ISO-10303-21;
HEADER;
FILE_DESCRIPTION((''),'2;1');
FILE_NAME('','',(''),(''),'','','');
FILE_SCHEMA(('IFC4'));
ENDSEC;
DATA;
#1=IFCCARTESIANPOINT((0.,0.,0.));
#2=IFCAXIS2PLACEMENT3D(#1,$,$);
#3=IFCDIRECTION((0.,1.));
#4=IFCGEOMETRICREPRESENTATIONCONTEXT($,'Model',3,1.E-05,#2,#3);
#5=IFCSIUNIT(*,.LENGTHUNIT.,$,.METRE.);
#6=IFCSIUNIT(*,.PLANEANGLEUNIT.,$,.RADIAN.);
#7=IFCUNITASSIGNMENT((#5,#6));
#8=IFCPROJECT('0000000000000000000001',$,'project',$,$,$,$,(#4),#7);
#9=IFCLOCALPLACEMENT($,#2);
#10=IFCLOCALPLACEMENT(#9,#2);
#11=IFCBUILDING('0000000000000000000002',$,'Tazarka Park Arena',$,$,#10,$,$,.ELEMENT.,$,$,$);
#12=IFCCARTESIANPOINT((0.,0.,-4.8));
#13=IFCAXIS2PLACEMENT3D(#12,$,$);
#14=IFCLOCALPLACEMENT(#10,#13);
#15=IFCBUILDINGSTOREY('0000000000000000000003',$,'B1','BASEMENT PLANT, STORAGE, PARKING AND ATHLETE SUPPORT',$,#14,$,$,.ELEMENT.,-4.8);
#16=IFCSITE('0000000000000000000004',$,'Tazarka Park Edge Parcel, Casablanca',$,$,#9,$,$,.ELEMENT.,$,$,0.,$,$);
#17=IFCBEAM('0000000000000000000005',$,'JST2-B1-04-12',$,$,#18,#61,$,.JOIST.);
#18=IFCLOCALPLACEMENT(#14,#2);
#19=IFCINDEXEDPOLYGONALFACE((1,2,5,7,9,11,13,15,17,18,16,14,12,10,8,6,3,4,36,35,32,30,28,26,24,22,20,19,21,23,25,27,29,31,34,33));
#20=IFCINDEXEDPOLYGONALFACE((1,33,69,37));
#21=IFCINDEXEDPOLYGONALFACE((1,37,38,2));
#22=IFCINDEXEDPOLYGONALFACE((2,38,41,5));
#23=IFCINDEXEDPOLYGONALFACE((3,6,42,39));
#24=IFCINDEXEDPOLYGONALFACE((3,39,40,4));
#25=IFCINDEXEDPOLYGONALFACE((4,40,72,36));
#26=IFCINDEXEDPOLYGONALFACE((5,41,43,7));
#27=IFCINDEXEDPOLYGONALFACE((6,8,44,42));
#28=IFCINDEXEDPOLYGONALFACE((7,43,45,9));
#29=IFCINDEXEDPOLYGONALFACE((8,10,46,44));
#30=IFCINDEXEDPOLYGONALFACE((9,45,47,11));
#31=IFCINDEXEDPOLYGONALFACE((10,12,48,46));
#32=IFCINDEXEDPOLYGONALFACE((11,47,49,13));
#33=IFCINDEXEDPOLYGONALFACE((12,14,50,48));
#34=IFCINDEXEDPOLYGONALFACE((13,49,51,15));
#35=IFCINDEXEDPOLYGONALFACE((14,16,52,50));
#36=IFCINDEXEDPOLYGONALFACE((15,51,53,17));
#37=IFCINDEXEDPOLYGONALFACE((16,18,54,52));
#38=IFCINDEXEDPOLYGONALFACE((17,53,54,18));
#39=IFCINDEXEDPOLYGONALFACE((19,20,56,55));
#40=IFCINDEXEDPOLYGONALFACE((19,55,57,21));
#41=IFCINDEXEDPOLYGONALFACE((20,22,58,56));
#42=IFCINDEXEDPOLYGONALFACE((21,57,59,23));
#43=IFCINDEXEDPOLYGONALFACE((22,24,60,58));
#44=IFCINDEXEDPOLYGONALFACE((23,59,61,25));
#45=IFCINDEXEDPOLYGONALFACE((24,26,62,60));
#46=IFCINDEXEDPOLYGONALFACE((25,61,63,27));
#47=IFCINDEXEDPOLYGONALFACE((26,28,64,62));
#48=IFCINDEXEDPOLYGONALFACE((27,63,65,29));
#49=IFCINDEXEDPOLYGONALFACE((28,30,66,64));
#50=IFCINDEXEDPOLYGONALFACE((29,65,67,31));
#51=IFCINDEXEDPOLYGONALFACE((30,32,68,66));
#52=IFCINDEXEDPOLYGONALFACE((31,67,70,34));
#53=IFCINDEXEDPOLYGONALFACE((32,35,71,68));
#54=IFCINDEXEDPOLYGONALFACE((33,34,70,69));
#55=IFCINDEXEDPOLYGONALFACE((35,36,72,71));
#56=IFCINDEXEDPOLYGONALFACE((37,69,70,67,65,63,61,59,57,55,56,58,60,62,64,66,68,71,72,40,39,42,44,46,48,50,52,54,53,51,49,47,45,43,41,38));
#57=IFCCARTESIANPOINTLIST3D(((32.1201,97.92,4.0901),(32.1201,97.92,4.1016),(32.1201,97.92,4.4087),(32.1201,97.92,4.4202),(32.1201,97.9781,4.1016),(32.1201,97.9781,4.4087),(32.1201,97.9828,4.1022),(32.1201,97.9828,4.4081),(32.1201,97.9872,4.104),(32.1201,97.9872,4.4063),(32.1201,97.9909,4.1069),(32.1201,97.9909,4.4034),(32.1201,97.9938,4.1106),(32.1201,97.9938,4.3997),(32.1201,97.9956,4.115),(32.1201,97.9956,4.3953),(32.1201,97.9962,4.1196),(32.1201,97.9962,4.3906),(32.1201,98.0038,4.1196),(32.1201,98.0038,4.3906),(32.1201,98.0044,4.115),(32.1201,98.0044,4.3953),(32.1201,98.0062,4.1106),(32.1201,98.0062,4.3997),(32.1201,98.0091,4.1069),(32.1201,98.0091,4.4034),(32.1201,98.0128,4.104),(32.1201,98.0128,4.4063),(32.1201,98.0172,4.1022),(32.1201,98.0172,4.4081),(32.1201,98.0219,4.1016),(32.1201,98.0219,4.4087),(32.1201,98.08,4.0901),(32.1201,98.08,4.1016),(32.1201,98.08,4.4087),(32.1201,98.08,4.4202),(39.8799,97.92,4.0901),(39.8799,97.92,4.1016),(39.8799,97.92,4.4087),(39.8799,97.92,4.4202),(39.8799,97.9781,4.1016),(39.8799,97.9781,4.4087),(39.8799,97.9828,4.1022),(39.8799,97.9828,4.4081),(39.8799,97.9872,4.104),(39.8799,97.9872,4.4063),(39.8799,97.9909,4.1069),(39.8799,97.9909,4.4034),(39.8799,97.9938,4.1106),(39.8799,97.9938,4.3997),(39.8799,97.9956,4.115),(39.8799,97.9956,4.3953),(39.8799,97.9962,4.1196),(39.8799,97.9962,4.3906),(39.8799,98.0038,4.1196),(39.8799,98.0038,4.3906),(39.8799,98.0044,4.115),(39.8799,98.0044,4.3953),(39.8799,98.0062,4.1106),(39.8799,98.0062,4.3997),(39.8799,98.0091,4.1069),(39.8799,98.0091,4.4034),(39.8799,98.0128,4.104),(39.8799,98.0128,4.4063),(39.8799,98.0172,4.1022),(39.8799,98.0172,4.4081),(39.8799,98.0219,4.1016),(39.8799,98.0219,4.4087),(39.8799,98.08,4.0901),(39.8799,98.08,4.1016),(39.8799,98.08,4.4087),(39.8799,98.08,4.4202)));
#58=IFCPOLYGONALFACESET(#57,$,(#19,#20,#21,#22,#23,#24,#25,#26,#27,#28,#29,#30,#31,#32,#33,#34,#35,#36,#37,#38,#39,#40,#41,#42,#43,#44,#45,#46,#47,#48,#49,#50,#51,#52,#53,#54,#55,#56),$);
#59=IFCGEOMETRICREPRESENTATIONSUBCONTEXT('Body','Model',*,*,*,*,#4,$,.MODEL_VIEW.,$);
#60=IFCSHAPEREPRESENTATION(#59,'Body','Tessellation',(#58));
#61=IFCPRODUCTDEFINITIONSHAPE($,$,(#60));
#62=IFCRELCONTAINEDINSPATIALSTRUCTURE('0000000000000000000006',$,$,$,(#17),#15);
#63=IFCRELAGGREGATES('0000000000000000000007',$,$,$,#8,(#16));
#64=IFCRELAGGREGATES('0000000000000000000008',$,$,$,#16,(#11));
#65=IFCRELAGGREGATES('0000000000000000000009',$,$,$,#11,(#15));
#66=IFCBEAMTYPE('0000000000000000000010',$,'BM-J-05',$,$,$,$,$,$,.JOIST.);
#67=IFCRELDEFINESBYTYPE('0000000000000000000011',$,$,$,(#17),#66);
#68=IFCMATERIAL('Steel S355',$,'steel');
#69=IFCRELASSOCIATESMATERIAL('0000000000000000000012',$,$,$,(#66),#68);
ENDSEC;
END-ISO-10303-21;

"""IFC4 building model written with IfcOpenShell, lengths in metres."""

from ifc_helpers import new_model, si_unit, direction, frame, origin, origin_2d, place, context, subcontext, project, spatial, i_section, extrude, material, material_profile, profile_set, type_object, element, save


model = new_model("IFC4")

# Units and contexts
model_context = context("Model", 3, precision=1e-05, world=origin(), true_north=direction((0.0, 1.0)))
body_context = subcontext(model_context, "Body", "Model", "MODEL_VIEW")
ifc_project = project(units=[si_unit("LENGTHUNIT", "METRE"), si_unit("PLANEANGLEUNIT", "RADIAN")], contexts=[model_context])

# Site, building, storey
site_placement = place(None, origin())
site = spatial("IfcSite", under=ifc_project, at=site_placement, Name="Tazarka Park Edge Parcel, Casablanca", CompositionType="ELEMENT", RefElevation=0.0)
building_placement = place(site_placement, origin())
building = spatial("IfcBuilding", under=site, at=building_placement, Name="Tazarka Park Arena", CompositionType="ELEMENT")
storey_placement = place(building_placement, frame((0.0, 0.0, -4.8)))
storey = spatial("IfcBuildingStorey", under=building, at=storey_placement, Name="B1", Description="BASEMENT PLANT, STORAGE, PARKING AND ATHLETE SUPPORT", CompositionType="ELEMENT", Elevation=-4.8)

# Beam
ifc_material_1 = material(Name="Steel S355", Category="steel")
ifc_material_profile_1 = material_profile(ifc_material_1, i_section(OverallWidth=0.1599, OverallDepth=0.3301, WebThickness=0.0076, FlangeThickness=0.0115, FilletRadius=0.0181, at=origin_2d()), Name="Steel S355")
ifc_profile_set_1 = profile_set([ifc_material_profile_1], Name="Steel S355")
beam_type_1 = type_object("IfcBeamType", Name="BM-J-05", PredefinedType="JOIST", material=ifc_profile_set_1)
beam_1_placement = place(storey_placement, frame((32.1201, 98.0, 4.2551), z_axis=(1.0, 0.0, 0.0), x_axis=(0.0, 1.0, 0.0)))
element("IfcBeam", 1, at=beam_1_placement, inside=storey, type_object=beam_type_1, Name="JST2-B1-04-12", PredefinedType="JOIST", context=body_context, shape_type="SweptSolid", body=[
    extrude(i_section(OverallWidth=0.1599, OverallDepth=0.3301, WebThickness=0.0076, FlangeThickness=0.0115, FilletRadius=0.0181, at=origin_2d()), origin(), (0.0, 0.0, 1.0), 7.7598),
])

save(model, "model.ifc")
